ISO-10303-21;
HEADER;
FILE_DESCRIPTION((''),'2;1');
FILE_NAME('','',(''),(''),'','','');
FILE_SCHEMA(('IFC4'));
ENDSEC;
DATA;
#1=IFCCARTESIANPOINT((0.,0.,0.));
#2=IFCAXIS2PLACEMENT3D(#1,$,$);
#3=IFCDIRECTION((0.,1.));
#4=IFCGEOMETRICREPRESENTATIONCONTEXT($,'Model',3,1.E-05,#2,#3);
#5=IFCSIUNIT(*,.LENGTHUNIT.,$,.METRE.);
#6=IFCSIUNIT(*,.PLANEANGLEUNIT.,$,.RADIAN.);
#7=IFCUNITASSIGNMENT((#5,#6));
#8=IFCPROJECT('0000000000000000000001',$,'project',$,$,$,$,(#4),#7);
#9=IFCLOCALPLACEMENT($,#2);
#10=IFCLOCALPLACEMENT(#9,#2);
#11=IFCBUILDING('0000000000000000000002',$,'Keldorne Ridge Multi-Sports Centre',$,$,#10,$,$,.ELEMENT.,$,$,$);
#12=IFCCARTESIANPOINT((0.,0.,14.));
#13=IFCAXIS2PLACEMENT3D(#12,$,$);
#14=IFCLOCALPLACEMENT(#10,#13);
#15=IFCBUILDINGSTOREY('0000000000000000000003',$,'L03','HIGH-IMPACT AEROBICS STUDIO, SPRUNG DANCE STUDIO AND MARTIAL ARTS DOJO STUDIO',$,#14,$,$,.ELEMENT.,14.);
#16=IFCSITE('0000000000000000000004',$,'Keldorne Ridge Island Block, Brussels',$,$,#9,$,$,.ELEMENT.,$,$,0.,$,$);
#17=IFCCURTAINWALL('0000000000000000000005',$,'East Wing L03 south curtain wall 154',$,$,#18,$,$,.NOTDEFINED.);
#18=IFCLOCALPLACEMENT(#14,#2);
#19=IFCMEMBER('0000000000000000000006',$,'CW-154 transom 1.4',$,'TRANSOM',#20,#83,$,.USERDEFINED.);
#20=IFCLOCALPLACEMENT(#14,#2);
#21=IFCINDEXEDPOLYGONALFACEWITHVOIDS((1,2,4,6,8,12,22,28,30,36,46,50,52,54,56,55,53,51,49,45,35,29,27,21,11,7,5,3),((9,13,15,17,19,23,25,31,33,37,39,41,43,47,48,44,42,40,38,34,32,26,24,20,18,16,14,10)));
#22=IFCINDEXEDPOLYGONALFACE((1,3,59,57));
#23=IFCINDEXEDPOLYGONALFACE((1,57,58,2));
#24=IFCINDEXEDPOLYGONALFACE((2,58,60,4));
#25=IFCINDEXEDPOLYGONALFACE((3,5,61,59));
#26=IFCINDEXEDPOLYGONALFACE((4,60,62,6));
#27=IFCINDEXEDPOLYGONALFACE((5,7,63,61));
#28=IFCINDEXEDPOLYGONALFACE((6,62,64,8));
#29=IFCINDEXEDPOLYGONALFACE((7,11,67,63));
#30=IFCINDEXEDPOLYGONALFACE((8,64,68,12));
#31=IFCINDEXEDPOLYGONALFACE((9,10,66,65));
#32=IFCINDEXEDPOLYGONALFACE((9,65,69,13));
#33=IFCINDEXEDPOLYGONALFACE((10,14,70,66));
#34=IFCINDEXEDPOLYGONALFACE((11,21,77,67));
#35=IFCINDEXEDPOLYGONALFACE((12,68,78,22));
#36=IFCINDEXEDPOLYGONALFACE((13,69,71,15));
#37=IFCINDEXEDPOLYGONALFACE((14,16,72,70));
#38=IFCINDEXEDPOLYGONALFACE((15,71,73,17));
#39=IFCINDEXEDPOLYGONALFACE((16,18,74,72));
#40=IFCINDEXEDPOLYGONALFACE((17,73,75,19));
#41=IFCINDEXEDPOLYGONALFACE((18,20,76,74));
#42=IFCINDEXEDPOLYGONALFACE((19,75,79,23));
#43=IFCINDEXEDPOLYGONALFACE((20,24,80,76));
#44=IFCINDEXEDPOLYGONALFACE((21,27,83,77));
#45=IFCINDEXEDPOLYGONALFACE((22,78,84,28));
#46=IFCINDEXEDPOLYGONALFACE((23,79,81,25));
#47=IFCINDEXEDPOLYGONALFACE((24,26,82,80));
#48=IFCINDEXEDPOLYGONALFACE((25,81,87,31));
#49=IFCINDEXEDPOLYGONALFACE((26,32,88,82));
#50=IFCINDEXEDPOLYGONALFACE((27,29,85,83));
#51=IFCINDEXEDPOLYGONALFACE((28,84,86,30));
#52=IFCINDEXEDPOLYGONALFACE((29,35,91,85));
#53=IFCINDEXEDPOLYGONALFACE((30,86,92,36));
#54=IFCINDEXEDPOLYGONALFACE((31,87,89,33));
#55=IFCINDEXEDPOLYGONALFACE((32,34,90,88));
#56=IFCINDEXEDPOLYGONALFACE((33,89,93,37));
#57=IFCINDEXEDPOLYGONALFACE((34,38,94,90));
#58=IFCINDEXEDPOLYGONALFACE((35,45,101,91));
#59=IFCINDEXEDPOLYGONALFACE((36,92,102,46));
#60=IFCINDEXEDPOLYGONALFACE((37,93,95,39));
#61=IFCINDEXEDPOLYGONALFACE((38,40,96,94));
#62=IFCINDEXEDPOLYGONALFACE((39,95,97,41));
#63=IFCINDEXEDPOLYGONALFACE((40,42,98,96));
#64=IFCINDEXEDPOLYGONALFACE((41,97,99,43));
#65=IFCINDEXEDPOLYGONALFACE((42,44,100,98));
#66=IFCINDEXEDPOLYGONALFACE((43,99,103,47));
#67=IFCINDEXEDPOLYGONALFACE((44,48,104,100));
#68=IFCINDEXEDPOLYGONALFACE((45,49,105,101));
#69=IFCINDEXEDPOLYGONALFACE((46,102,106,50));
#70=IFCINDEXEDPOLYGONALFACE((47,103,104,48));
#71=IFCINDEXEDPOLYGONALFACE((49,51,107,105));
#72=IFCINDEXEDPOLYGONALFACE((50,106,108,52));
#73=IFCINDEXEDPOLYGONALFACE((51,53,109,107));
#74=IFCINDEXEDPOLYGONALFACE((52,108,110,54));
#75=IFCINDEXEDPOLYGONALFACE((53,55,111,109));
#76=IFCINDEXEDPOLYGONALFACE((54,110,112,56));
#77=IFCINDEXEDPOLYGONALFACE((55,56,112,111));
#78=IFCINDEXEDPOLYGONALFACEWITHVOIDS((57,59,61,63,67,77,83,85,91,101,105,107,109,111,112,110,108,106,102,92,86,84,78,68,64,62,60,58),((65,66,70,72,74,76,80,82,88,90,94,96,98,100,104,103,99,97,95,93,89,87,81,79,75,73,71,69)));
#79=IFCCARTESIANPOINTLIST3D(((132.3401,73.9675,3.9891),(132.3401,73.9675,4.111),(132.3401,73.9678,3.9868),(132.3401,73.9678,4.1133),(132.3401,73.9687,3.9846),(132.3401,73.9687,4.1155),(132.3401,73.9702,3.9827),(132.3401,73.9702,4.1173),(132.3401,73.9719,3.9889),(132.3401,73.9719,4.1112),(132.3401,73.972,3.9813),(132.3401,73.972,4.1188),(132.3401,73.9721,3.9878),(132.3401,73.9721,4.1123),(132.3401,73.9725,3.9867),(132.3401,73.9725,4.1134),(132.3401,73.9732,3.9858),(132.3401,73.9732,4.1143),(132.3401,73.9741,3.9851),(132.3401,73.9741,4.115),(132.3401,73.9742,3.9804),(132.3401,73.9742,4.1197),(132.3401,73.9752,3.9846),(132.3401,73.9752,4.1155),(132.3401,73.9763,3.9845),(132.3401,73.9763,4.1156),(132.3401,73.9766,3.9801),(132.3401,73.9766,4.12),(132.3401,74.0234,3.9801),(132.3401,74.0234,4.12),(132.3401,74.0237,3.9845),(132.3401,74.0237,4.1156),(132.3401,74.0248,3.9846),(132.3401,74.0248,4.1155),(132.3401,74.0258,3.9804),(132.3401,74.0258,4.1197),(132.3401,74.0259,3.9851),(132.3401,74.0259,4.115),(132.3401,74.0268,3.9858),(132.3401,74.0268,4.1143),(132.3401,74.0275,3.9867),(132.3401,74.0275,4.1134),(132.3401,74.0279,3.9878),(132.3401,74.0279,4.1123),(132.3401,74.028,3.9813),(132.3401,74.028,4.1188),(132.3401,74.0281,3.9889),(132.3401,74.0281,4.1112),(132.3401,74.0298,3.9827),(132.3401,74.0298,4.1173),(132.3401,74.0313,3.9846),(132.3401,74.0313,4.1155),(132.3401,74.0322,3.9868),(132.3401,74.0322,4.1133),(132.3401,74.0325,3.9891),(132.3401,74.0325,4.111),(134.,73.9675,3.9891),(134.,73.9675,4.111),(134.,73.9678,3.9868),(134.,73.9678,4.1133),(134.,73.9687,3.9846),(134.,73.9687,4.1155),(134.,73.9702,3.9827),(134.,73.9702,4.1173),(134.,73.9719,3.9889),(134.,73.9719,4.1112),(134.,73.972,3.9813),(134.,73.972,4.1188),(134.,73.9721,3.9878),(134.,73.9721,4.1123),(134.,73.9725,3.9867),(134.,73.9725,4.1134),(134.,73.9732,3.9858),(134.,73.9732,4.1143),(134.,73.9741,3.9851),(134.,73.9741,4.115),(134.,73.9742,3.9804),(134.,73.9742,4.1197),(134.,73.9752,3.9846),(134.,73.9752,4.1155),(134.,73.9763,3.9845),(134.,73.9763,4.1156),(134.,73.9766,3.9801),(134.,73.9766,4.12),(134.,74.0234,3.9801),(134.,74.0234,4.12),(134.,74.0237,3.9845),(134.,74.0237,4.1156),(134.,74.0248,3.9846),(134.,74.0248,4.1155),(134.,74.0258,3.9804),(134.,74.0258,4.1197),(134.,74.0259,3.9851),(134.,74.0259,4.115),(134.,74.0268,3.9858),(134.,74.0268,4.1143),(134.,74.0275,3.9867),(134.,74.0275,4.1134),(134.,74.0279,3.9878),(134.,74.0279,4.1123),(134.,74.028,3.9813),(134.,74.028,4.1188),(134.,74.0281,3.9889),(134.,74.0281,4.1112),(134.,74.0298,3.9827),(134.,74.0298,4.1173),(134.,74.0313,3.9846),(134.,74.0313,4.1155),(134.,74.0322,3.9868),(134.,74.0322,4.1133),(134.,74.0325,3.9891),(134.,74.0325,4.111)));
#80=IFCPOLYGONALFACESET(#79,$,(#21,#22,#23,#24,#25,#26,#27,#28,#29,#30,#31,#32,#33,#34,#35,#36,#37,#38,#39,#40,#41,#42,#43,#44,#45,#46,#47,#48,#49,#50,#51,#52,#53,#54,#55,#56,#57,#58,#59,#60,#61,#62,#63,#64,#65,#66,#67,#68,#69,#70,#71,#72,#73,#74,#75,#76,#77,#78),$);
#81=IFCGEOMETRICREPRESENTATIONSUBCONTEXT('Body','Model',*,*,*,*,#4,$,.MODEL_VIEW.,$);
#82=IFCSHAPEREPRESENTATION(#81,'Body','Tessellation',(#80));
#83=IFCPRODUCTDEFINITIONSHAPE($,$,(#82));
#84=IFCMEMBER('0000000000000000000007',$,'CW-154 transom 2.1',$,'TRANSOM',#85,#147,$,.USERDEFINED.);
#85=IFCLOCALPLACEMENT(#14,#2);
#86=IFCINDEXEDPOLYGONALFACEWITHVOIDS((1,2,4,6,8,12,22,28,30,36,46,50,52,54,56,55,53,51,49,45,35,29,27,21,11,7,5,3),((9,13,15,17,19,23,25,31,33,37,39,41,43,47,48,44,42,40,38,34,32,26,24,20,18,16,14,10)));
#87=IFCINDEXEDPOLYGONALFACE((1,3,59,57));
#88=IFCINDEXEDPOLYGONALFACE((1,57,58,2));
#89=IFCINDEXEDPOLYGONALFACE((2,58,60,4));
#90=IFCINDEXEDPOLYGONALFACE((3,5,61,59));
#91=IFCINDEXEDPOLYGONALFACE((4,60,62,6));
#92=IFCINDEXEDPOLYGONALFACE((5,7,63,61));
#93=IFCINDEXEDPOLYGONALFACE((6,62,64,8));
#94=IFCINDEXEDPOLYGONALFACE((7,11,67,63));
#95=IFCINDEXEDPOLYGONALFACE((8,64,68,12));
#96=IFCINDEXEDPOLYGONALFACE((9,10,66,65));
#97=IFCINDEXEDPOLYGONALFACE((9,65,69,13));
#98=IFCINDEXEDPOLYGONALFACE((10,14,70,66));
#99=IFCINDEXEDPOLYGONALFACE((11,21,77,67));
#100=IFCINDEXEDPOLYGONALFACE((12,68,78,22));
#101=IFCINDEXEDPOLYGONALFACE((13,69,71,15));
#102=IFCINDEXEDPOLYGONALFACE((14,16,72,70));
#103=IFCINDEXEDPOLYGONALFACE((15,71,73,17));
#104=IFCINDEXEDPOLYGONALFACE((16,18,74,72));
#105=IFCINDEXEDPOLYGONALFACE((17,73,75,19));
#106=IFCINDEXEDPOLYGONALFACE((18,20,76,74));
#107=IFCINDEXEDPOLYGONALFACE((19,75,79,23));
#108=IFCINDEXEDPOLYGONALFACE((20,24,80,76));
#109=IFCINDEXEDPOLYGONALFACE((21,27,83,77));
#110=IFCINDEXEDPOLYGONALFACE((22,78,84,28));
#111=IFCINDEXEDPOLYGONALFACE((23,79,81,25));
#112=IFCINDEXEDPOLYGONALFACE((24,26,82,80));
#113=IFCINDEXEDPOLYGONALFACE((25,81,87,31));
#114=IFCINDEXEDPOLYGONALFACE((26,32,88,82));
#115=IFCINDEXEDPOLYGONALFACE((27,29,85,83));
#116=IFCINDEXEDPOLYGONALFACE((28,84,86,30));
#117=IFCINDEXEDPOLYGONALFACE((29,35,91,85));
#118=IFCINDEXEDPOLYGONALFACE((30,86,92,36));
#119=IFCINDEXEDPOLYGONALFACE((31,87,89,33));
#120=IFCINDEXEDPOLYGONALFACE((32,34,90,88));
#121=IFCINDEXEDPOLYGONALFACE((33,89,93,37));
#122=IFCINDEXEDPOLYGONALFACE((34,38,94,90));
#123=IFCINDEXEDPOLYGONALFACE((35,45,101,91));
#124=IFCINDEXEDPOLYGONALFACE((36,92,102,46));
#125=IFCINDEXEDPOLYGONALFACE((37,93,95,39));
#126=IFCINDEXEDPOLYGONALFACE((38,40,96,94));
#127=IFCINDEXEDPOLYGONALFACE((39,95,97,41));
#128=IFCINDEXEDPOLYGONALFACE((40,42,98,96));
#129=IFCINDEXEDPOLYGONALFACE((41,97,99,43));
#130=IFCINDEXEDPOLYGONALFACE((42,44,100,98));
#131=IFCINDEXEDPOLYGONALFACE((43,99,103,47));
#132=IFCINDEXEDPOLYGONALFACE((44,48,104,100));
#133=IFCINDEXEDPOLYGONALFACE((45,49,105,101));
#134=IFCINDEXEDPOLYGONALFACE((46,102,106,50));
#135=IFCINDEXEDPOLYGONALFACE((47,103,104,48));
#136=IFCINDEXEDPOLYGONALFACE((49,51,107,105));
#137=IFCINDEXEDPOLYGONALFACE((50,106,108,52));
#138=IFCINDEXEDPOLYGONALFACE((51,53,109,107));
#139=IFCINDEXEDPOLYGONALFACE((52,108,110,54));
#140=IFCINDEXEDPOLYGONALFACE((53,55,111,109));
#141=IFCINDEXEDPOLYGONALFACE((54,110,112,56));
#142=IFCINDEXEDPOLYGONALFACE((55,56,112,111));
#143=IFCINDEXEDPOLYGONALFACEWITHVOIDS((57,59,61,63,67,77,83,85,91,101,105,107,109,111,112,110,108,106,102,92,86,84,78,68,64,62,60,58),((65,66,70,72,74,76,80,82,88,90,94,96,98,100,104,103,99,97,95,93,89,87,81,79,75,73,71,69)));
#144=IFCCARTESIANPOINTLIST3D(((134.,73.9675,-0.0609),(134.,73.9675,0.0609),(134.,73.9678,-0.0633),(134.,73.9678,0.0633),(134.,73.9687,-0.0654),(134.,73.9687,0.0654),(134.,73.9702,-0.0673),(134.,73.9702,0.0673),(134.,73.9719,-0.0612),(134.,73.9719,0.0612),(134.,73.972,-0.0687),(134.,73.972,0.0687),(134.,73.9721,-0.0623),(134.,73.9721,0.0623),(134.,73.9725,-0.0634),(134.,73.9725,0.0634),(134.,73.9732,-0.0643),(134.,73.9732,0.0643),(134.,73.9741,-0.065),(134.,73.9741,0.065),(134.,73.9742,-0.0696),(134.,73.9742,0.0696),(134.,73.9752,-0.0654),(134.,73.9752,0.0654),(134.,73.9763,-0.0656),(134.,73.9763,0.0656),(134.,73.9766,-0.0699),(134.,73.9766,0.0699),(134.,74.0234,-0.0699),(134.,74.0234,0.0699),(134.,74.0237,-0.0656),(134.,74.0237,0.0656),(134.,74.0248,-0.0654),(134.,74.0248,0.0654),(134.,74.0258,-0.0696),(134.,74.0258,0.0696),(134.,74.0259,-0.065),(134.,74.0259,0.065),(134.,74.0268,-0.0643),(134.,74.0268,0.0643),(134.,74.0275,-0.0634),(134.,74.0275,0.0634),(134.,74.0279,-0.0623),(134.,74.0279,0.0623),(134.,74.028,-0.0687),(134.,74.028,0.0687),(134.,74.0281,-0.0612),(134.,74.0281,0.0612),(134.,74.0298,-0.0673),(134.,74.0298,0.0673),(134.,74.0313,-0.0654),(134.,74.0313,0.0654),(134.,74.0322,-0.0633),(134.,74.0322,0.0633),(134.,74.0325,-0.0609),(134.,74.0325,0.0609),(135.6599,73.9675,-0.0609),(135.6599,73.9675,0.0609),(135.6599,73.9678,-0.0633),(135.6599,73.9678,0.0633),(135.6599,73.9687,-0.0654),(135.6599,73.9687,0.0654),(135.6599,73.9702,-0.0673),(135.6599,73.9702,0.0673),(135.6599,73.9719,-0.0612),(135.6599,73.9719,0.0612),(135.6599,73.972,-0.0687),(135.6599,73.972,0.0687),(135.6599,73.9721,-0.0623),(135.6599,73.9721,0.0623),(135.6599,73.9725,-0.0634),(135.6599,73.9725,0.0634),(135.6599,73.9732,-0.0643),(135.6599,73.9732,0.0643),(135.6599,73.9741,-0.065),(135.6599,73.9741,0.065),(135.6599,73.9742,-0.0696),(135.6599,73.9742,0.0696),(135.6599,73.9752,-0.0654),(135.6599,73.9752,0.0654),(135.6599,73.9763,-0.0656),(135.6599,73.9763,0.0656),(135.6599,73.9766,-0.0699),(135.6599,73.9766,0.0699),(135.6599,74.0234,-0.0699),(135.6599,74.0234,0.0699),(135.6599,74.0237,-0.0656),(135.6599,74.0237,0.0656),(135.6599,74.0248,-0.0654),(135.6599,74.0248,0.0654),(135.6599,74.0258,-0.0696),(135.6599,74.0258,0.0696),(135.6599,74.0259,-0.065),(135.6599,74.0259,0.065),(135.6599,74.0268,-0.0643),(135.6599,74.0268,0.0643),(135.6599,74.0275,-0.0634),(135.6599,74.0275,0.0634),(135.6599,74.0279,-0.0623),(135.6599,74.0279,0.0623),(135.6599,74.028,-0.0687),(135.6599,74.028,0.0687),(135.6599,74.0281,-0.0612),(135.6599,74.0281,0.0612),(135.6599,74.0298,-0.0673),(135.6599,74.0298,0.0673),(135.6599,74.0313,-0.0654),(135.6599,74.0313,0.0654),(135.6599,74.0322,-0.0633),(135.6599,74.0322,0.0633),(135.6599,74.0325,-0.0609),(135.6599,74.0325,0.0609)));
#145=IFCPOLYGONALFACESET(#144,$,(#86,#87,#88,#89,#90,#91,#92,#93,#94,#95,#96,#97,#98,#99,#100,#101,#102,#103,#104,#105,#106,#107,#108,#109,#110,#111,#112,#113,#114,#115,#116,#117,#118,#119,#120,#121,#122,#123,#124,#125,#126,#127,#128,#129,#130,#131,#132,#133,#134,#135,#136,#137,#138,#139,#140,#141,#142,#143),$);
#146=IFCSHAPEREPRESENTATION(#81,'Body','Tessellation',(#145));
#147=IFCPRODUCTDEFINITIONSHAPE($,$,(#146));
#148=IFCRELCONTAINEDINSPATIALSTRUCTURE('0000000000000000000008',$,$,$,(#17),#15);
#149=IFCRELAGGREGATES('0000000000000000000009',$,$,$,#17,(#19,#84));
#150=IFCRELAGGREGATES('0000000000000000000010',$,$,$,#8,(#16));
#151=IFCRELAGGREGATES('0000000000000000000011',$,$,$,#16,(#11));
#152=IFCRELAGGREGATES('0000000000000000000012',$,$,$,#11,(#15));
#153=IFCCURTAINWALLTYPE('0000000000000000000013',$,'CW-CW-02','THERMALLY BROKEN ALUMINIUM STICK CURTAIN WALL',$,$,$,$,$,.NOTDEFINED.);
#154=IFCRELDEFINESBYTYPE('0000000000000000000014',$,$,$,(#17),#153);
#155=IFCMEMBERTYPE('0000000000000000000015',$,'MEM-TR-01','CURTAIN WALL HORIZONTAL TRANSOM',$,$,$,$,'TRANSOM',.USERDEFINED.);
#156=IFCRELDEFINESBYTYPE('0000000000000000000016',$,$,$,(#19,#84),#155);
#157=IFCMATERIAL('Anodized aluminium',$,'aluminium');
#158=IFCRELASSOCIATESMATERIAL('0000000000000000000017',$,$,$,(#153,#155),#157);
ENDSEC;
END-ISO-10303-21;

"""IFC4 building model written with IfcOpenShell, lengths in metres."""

from ifc_helpers import new_model, si_unit, direction, frame, origin, origin_2d, place, context, subcontext, project, spatial, hollow_rectangle, extrude, material, material_profile, profile_set, type_object, element, aggregate, save


model = new_model("IFC4")

# Units and contexts
model_context = context("Model", 3, precision=1e-05, world=origin(), true_north=direction((0.0, 1.0)))
body_context = subcontext(model_context, "Body", "Model", "MODEL_VIEW")
ifc_project = project(units=[si_unit("LENGTHUNIT", "METRE"), si_unit("PLANEANGLEUNIT", "RADIAN")], contexts=[model_context])

# Site, building, storey
site_placement = place(None, origin())
site = spatial("IfcSite", under=ifc_project, at=site_placement, Name="Keldorne Ridge Island Block, Brussels", CompositionType="ELEMENT", RefElevation=0.0)
building_placement = place(site_placement, origin())
building = spatial("IfcBuilding", under=site, at=building_placement, Name="Keldorne Ridge Multi-Sports Centre", CompositionType="ELEMENT")
storey_placement = place(building_placement, frame((0.0, 0.0, 14.0)))
storey = spatial("IfcBuildingStorey", under=building, at=storey_placement, Name="L03", Description="HIGH-IMPACT AEROBICS STUDIO, SPRUNG DANCE STUDIO AND MARTIAL ARTS DOJO STUDIO", CompositionType="ELEMENT", Elevation=14.0)

# Shared definitions
ifc_material_1 = material(Name="Anodized aluminium", Category="aluminium")

# Curtain wall
curtain_wall_type_1 = type_object("IfcCurtainWallType", Name="CW-CW-02", Description="THERMALLY BROKEN ALUMINIUM STICK CURTAIN WALL", PredefinedType="NOTDEFINED", material=ifc_material_1)
curtain_wall_1_placement = place(storey_placement, origin())
curtain_wall_1 = element("IfcCurtainWall", 1, at=curtain_wall_1_placement, inside=storey, type_object=curtain_wall_type_1, Name="East Wing L03 south curtain wall 154", PredefinedType="NOTDEFINED")

# Members
ifc_material_profile_1 = material_profile(ifc_material_1, hollow_rectangle(XDim=0.0649, YDim=0.1399, WallThickness=0.0044, InnerFilletRadius=0.0044, OuterFilletRadius=0.009, at=origin_2d()), Name="ALU TRANSOM 140x65x4.5")
ifc_profile_set_1 = profile_set([ifc_material_profile_1], Name="Anodized aluminium")
member_type_1 = type_object("IfcMemberType", Name="MEM-TR-01", Description="CURTAIN WALL HORIZONTAL TRANSOM", ElementType="TRANSOM", PredefinedType="USERDEFINED", material=ifc_profile_set_1)
member_1_placement = place(storey_placement, frame((132.3401, 74.0, 4.05), z_axis=(1.0, 0.0, 0.0), x_axis=(0.0, 1.0, 0.0)))
member_1 = element("IfcMember", 2, at=member_1_placement, type_object=member_type_1, Name="CW-154 transom 1.4", ObjectType="TRANSOM", PredefinedType="USERDEFINED", context=body_context, shape_type="SweptSolid", body=[
    extrude(hollow_rectangle(XDim=0.0649, YDim=0.1399, WallThickness=0.0044, InnerFilletRadius=0.0044, OuterFilletRadius=0.009, at=origin_2d()), origin(), (0.0, 0.0, 1.0), 1.6599),
])
member_2_placement = place(storey_placement, frame((134.0, 74.0, 0.0), z_axis=(1.0, 0.0, 0.0), x_axis=(0.0, 1.0, 0.0)))
member_2 = element("IfcMember", 3, at=member_2_placement, type_object=member_type_1, Name="CW-154 transom 2.1", ObjectType="TRANSOM", PredefinedType="USERDEFINED", context=body_context, shape_type="SweptSolid", body=[
    extrude(hollow_rectangle(XDim=0.0649, YDim=0.1399, WallThickness=0.0044, InnerFilletRadius=0.0044, OuterFilletRadius=0.009, at=origin_2d()), origin(), (0.0, 0.0, 1.0), 1.6599),
])

aggregate(curtain_wall_1, [member_1, member_2])

save(model, "model.ifc")
